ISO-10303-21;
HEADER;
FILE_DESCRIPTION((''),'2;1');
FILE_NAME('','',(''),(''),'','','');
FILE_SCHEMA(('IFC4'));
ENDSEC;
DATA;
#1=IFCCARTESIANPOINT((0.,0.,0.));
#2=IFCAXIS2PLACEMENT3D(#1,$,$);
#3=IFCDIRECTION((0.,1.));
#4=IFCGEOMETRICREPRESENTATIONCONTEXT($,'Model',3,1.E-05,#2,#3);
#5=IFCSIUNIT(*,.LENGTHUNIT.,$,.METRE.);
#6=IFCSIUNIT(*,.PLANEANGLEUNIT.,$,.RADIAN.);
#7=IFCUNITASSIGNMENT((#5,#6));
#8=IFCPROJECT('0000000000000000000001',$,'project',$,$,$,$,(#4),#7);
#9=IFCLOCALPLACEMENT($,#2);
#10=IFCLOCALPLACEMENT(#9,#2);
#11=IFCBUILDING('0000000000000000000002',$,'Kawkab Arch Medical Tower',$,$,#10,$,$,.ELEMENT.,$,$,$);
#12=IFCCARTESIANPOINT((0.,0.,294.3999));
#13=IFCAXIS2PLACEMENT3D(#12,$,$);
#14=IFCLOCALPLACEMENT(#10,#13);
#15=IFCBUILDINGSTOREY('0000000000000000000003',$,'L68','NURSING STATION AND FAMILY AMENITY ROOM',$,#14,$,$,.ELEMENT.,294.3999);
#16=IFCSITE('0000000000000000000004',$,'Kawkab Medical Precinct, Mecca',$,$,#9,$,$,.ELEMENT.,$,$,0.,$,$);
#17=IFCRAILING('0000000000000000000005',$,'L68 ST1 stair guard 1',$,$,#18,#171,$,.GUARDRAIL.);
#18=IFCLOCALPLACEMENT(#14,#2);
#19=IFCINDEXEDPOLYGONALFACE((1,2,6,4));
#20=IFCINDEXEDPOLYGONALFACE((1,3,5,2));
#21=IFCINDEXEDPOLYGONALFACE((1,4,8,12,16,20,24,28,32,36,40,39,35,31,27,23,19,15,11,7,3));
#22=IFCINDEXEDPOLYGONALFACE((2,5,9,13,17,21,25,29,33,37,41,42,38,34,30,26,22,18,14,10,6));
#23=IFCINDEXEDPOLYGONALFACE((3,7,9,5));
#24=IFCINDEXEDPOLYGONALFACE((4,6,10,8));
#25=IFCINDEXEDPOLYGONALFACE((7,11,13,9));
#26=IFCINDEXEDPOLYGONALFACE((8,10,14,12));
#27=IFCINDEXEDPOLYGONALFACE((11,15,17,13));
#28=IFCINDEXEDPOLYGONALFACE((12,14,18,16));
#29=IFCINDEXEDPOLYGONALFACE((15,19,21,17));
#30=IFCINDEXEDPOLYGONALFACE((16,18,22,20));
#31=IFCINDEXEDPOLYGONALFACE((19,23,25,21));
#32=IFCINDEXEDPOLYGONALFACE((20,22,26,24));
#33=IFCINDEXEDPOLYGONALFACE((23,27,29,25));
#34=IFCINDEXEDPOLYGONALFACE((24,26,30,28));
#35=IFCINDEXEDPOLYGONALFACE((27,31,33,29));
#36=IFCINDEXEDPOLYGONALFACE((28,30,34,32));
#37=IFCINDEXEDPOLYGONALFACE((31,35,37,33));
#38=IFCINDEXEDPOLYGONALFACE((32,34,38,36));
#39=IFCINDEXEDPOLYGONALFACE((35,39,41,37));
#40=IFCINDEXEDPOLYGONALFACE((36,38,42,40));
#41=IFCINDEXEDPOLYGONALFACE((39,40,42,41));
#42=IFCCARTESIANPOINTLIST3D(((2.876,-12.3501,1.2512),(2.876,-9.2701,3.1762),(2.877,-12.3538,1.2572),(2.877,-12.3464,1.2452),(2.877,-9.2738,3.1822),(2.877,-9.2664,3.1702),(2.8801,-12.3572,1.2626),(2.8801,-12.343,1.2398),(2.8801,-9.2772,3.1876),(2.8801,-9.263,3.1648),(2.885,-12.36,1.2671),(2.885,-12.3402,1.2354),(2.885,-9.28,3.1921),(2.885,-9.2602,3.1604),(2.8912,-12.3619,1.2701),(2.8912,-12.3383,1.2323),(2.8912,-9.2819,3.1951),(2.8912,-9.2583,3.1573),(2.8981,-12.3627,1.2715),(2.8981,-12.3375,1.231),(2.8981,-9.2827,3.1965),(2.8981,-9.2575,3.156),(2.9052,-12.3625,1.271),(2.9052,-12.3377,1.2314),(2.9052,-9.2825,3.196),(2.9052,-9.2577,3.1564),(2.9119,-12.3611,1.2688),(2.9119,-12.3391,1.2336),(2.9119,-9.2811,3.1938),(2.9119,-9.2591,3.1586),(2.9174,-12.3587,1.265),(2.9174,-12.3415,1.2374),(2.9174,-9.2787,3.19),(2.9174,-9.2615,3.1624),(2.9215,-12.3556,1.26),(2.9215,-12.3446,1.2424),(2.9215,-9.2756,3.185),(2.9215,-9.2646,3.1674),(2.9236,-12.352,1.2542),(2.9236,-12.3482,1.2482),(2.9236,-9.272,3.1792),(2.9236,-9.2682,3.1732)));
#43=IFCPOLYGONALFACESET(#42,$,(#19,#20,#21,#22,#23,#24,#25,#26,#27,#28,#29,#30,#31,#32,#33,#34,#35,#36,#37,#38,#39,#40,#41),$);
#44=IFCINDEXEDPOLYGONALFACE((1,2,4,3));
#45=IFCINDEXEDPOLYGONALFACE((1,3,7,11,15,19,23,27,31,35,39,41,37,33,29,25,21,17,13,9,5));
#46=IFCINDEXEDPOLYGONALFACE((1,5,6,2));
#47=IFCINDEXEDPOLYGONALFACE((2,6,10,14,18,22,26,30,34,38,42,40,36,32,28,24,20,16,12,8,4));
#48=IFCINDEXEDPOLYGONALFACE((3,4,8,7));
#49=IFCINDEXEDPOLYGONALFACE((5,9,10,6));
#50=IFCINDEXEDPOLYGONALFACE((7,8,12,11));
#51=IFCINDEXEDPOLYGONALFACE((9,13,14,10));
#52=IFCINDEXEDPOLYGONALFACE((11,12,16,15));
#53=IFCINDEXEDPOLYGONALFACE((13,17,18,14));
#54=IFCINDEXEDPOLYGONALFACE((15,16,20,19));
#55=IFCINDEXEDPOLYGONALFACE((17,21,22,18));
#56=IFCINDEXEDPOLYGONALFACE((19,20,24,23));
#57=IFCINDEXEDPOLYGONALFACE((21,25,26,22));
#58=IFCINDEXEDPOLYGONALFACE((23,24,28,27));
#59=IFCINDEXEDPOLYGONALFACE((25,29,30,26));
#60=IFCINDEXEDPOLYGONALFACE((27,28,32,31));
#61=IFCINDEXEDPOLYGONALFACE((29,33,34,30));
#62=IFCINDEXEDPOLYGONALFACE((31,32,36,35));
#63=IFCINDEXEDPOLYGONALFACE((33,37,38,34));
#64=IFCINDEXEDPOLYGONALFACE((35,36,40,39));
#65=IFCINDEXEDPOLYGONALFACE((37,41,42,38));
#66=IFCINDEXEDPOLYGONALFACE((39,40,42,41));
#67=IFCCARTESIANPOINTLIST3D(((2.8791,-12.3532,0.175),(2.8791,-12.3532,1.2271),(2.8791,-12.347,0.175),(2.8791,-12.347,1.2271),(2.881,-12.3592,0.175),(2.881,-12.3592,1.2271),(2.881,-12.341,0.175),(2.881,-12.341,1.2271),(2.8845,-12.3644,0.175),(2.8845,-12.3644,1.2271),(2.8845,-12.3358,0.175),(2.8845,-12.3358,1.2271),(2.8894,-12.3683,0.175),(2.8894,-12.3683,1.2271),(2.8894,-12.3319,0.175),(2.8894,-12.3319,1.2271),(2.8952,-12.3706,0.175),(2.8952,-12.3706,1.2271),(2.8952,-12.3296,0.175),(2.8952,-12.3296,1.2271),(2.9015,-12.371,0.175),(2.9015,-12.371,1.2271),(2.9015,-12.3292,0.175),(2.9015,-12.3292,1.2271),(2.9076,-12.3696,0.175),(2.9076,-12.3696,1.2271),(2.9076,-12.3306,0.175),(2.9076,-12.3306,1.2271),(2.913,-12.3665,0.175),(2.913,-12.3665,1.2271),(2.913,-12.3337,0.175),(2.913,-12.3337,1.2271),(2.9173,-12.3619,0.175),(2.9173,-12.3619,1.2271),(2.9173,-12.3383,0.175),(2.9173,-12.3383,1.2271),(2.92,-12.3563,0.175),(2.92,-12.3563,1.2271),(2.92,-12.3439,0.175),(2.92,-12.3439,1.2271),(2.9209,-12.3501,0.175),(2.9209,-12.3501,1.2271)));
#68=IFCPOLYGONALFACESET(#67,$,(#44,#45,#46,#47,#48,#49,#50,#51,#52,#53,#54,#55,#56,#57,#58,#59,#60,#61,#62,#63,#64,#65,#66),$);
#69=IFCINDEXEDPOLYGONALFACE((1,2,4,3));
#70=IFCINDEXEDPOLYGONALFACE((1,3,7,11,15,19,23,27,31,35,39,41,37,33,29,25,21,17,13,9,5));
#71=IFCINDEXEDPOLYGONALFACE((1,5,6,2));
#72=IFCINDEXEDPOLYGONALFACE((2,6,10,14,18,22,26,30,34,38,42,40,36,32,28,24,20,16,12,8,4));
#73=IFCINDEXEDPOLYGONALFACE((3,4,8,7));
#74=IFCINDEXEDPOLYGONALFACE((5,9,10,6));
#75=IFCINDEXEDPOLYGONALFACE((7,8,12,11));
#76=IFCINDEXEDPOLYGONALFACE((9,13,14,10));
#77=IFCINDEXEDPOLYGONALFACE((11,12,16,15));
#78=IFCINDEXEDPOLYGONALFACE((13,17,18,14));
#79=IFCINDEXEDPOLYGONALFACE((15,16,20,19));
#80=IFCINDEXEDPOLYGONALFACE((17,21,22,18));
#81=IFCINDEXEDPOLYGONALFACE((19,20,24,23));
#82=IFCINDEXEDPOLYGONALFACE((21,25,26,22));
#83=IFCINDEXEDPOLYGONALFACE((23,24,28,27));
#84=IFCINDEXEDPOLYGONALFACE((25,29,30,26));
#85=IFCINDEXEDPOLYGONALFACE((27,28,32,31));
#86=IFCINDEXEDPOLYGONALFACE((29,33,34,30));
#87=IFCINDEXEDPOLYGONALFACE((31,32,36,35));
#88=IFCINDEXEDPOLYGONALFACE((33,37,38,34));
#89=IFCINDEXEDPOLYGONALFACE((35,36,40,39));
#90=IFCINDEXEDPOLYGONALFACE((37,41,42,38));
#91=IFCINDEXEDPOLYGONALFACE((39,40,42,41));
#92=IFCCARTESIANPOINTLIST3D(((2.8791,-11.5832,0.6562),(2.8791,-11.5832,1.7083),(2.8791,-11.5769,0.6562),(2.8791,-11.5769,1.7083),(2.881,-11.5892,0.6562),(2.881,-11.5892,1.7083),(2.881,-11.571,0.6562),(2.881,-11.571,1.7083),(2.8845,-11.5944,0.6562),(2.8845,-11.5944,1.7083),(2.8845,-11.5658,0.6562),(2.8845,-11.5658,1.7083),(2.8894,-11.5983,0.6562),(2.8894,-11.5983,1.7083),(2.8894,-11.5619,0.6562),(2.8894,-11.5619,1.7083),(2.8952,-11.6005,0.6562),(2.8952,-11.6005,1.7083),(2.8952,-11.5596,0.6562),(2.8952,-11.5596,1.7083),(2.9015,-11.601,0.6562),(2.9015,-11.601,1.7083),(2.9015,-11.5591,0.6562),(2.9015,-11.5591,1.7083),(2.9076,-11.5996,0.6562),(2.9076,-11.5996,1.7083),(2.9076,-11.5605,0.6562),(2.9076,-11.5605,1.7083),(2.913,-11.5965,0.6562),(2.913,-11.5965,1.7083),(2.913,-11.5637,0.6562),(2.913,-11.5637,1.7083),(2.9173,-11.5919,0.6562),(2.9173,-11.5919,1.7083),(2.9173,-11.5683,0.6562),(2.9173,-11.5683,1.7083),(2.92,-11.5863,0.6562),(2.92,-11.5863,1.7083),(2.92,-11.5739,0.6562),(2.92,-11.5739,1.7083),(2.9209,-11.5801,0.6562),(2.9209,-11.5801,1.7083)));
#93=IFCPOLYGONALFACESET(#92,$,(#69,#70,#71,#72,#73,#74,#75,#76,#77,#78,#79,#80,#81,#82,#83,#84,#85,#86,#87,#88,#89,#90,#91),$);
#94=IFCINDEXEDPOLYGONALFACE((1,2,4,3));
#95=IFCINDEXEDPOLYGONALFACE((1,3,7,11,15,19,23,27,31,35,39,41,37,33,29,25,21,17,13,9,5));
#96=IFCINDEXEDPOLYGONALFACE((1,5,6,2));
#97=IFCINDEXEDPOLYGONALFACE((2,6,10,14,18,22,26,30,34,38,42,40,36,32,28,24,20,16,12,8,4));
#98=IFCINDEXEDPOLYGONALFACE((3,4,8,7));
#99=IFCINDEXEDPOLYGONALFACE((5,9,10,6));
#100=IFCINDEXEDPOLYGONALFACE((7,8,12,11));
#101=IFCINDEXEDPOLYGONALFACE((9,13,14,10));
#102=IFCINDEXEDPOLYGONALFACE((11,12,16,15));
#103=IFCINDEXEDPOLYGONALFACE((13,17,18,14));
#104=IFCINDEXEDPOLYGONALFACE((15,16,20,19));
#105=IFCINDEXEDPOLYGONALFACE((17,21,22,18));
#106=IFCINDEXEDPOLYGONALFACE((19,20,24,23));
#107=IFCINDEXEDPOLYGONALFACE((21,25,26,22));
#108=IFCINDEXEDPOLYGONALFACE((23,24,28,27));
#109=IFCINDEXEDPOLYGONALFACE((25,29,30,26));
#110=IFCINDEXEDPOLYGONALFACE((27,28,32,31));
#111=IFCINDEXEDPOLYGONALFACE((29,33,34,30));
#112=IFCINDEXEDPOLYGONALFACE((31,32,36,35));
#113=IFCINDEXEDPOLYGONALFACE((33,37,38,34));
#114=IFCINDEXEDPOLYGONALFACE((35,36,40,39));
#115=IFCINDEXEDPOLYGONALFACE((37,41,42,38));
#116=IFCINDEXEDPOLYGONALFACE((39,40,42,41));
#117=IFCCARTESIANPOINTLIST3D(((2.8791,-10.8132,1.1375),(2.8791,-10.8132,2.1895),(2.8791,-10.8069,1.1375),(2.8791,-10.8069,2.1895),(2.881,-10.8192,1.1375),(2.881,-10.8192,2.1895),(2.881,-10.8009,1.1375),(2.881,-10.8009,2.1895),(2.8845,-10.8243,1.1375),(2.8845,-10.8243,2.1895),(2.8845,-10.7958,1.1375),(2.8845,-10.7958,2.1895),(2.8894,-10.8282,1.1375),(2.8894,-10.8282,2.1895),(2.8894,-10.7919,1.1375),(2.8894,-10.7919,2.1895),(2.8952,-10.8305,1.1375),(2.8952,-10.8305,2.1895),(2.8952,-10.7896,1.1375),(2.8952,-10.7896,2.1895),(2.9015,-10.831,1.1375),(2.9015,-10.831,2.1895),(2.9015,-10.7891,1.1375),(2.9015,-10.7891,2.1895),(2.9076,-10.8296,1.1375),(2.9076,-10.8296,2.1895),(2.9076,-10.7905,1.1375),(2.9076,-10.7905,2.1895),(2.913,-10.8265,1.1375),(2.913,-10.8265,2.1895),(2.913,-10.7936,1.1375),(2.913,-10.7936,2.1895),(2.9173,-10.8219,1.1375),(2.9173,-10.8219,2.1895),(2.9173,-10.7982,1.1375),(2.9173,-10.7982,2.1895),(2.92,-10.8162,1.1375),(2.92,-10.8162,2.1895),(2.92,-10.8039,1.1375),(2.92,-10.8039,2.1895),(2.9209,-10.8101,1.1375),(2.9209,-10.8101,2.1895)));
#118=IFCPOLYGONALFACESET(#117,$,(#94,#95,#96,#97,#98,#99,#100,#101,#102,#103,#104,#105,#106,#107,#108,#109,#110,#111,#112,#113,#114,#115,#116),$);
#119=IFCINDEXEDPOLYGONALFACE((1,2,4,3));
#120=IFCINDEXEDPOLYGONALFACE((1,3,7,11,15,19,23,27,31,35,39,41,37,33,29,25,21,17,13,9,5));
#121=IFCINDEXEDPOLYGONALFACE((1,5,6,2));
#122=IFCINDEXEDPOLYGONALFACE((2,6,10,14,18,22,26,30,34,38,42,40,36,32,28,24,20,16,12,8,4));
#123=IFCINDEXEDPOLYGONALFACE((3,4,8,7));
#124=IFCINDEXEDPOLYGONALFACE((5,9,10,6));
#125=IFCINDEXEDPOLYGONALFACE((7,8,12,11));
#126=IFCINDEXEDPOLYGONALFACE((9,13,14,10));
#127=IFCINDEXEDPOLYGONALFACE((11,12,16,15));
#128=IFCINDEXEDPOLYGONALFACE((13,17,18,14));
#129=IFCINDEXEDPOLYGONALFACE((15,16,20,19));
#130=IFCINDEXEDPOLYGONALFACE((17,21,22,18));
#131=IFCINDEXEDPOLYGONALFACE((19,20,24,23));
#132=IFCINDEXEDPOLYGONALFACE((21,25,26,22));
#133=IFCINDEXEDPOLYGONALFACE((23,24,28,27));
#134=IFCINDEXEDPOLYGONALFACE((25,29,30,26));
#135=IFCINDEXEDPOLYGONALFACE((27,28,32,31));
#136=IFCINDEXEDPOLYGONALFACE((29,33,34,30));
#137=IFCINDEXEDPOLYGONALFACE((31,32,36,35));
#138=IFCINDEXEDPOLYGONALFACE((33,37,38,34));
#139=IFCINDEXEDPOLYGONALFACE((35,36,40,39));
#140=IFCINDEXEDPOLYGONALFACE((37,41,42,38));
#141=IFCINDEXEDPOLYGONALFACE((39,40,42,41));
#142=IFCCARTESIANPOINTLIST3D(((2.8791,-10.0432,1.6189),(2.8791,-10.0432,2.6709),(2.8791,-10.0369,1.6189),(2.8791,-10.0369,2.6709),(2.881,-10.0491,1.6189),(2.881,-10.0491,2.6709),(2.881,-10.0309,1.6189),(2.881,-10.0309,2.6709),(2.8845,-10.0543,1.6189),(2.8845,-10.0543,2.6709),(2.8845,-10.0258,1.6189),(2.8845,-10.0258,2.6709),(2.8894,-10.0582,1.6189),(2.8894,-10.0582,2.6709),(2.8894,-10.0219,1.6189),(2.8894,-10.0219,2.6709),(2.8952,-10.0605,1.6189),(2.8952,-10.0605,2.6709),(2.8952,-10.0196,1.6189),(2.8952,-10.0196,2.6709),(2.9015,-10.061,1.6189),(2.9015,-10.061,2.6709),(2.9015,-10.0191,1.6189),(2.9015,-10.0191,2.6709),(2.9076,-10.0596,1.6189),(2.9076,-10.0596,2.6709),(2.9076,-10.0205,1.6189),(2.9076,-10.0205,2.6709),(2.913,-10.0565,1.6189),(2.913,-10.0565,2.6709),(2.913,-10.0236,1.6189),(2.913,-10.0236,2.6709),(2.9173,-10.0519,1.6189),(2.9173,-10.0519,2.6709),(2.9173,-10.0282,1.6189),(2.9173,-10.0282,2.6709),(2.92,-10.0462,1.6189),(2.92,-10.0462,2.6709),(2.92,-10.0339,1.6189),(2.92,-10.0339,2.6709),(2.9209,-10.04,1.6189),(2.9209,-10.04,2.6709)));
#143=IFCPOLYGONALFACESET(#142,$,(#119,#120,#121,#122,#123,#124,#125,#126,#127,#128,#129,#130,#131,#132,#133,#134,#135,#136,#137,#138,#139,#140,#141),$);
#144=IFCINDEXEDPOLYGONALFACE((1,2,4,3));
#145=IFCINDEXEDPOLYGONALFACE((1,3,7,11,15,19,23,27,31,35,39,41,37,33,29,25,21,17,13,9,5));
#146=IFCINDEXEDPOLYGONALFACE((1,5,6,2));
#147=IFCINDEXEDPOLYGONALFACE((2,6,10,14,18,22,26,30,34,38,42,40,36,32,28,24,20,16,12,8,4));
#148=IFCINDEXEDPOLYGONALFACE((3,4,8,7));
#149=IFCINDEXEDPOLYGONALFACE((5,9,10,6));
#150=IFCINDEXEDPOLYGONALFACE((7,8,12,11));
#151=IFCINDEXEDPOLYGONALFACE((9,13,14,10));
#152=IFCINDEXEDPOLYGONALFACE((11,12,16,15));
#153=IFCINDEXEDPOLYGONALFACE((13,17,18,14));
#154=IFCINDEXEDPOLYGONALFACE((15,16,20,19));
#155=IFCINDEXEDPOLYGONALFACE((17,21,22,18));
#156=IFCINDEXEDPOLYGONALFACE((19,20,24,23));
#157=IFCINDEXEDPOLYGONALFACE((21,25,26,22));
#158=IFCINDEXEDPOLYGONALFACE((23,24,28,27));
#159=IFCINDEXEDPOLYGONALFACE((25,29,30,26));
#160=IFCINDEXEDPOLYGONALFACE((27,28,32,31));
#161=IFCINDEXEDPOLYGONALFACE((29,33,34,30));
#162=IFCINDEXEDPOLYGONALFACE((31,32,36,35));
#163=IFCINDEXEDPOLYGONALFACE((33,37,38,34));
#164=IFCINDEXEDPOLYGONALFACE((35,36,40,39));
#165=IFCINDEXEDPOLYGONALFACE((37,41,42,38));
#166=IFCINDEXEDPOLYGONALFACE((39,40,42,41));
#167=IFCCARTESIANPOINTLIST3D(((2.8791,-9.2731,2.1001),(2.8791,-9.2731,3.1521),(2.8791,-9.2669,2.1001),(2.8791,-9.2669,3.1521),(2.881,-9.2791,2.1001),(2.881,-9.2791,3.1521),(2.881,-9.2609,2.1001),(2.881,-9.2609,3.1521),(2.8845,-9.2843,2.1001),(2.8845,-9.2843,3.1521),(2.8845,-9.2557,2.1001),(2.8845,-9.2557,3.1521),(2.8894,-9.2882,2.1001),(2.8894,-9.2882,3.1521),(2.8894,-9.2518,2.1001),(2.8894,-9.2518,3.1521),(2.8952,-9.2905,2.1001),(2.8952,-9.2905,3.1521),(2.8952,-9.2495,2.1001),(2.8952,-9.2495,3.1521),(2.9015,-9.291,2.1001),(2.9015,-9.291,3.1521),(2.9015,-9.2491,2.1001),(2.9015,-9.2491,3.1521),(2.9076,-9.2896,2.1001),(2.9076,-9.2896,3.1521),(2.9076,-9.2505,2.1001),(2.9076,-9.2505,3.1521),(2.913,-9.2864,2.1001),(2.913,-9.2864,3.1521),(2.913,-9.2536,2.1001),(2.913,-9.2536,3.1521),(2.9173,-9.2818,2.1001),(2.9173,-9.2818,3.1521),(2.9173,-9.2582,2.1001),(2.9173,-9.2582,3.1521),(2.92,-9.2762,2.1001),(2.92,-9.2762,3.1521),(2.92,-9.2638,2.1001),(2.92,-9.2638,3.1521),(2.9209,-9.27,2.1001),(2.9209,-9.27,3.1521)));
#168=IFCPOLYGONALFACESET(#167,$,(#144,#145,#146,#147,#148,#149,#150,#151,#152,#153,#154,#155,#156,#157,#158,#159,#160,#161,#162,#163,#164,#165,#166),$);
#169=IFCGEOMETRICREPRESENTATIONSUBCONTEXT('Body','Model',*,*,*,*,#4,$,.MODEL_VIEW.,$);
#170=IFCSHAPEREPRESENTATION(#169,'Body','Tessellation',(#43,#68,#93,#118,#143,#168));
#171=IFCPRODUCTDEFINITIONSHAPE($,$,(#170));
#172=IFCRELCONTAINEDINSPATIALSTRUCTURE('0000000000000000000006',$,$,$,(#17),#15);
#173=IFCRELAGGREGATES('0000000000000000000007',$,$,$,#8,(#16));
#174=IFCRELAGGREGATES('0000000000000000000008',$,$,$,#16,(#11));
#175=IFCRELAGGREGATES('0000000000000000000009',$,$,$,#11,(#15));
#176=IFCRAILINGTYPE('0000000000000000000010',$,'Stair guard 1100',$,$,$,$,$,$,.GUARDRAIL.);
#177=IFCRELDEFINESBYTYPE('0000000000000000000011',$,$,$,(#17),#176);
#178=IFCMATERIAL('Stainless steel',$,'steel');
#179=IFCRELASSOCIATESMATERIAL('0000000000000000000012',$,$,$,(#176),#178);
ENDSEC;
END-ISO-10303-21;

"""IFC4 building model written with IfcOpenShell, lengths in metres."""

from ifc_helpers import new_model, si_unit, direction, frame, origin, origin_2d, place, context, subcontext, project, spatial, circle, extrude, material, type_object, element, save


model = new_model("IFC4")

# Units and contexts
model_context = context("Model", 3, precision=1e-05, world=origin(), true_north=direction((0.0, 1.0)))
body_context = subcontext(model_context, "Body", "Model", "MODEL_VIEW")
ifc_project = project(units=[si_unit("LENGTHUNIT", "METRE"), si_unit("PLANEANGLEUNIT", "RADIAN")], contexts=[model_context])

# Site, building, storey
site_placement = place(None, origin())
site = spatial("IfcSite", under=ifc_project, at=site_placement, Name="Kawkab Medical Precinct, Mecca", CompositionType="ELEMENT", RefElevation=0.0)
building_placement = place(site_placement, origin())
building = spatial("IfcBuilding", under=site, at=building_placement, Name="Kawkab Arch Medical Tower", CompositionType="ELEMENT")
storey_placement = place(building_placement, frame((0.0, 0.0, 294.3999)))
storey = spatial("IfcBuildingStorey", under=building, at=storey_placement, Name="L68", Description="NURSING STATION AND FAMILY AMENITY ROOM", CompositionType="ELEMENT", Elevation=294.3999)

# Railing
ifc_material_1 = material(Name="Stainless steel", Category="steel")
railing_type = type_object("IfcRailingType", Name="Stair guard 1100", PredefinedType="GUARDRAIL", material=ifc_material_1)
railing_1_placement = place(storey_placement, frame((2.8999, -12.3501, 0.175)))
element("IfcRailing", 1, at=railing_1_placement, inside=storey, type_object=railing_type, Name="L68 ST1 stair guard 1", PredefinedType="GUARDRAIL", context=body_context, shape_type="SweptSolid", body=[
    extrude(circle(Radius=0.0239, at=origin_2d()), frame((0.0, 0.0, 1.0762), z_axis=(0.0, 0.847998, 0.529999), x_axis=(-1.0, 0.0, 0.0)), (0.0, 0.0, 1.0), 3.6321),
    extrude(circle(Radius=0.021, at=origin_2d()), origin(), (0.0, 0.0, 1.0), 1.052),
    extrude(circle(Radius=0.021, at=origin_2d()), frame((0.0, 0.77, 0.4812)), (0.0, 0.0, 1.0), 1.052),
    extrude(circle(Radius=0.021, at=origin_2d()), frame((0.0, 1.54, 0.9624)), (0.0, 0.0, 1.0), 1.052),
    extrude(circle(Radius=0.021, at=origin_2d()), frame((0.0, 2.3101, 1.4438)), (0.0, 0.0, 1.0), 1.052),
    extrude(circle(Radius=0.021, at=origin_2d()), frame((0.0, 3.0801, 1.925)), (0.0, 0.0, 1.0), 1.052),
])

save(model, "model.ifc")
